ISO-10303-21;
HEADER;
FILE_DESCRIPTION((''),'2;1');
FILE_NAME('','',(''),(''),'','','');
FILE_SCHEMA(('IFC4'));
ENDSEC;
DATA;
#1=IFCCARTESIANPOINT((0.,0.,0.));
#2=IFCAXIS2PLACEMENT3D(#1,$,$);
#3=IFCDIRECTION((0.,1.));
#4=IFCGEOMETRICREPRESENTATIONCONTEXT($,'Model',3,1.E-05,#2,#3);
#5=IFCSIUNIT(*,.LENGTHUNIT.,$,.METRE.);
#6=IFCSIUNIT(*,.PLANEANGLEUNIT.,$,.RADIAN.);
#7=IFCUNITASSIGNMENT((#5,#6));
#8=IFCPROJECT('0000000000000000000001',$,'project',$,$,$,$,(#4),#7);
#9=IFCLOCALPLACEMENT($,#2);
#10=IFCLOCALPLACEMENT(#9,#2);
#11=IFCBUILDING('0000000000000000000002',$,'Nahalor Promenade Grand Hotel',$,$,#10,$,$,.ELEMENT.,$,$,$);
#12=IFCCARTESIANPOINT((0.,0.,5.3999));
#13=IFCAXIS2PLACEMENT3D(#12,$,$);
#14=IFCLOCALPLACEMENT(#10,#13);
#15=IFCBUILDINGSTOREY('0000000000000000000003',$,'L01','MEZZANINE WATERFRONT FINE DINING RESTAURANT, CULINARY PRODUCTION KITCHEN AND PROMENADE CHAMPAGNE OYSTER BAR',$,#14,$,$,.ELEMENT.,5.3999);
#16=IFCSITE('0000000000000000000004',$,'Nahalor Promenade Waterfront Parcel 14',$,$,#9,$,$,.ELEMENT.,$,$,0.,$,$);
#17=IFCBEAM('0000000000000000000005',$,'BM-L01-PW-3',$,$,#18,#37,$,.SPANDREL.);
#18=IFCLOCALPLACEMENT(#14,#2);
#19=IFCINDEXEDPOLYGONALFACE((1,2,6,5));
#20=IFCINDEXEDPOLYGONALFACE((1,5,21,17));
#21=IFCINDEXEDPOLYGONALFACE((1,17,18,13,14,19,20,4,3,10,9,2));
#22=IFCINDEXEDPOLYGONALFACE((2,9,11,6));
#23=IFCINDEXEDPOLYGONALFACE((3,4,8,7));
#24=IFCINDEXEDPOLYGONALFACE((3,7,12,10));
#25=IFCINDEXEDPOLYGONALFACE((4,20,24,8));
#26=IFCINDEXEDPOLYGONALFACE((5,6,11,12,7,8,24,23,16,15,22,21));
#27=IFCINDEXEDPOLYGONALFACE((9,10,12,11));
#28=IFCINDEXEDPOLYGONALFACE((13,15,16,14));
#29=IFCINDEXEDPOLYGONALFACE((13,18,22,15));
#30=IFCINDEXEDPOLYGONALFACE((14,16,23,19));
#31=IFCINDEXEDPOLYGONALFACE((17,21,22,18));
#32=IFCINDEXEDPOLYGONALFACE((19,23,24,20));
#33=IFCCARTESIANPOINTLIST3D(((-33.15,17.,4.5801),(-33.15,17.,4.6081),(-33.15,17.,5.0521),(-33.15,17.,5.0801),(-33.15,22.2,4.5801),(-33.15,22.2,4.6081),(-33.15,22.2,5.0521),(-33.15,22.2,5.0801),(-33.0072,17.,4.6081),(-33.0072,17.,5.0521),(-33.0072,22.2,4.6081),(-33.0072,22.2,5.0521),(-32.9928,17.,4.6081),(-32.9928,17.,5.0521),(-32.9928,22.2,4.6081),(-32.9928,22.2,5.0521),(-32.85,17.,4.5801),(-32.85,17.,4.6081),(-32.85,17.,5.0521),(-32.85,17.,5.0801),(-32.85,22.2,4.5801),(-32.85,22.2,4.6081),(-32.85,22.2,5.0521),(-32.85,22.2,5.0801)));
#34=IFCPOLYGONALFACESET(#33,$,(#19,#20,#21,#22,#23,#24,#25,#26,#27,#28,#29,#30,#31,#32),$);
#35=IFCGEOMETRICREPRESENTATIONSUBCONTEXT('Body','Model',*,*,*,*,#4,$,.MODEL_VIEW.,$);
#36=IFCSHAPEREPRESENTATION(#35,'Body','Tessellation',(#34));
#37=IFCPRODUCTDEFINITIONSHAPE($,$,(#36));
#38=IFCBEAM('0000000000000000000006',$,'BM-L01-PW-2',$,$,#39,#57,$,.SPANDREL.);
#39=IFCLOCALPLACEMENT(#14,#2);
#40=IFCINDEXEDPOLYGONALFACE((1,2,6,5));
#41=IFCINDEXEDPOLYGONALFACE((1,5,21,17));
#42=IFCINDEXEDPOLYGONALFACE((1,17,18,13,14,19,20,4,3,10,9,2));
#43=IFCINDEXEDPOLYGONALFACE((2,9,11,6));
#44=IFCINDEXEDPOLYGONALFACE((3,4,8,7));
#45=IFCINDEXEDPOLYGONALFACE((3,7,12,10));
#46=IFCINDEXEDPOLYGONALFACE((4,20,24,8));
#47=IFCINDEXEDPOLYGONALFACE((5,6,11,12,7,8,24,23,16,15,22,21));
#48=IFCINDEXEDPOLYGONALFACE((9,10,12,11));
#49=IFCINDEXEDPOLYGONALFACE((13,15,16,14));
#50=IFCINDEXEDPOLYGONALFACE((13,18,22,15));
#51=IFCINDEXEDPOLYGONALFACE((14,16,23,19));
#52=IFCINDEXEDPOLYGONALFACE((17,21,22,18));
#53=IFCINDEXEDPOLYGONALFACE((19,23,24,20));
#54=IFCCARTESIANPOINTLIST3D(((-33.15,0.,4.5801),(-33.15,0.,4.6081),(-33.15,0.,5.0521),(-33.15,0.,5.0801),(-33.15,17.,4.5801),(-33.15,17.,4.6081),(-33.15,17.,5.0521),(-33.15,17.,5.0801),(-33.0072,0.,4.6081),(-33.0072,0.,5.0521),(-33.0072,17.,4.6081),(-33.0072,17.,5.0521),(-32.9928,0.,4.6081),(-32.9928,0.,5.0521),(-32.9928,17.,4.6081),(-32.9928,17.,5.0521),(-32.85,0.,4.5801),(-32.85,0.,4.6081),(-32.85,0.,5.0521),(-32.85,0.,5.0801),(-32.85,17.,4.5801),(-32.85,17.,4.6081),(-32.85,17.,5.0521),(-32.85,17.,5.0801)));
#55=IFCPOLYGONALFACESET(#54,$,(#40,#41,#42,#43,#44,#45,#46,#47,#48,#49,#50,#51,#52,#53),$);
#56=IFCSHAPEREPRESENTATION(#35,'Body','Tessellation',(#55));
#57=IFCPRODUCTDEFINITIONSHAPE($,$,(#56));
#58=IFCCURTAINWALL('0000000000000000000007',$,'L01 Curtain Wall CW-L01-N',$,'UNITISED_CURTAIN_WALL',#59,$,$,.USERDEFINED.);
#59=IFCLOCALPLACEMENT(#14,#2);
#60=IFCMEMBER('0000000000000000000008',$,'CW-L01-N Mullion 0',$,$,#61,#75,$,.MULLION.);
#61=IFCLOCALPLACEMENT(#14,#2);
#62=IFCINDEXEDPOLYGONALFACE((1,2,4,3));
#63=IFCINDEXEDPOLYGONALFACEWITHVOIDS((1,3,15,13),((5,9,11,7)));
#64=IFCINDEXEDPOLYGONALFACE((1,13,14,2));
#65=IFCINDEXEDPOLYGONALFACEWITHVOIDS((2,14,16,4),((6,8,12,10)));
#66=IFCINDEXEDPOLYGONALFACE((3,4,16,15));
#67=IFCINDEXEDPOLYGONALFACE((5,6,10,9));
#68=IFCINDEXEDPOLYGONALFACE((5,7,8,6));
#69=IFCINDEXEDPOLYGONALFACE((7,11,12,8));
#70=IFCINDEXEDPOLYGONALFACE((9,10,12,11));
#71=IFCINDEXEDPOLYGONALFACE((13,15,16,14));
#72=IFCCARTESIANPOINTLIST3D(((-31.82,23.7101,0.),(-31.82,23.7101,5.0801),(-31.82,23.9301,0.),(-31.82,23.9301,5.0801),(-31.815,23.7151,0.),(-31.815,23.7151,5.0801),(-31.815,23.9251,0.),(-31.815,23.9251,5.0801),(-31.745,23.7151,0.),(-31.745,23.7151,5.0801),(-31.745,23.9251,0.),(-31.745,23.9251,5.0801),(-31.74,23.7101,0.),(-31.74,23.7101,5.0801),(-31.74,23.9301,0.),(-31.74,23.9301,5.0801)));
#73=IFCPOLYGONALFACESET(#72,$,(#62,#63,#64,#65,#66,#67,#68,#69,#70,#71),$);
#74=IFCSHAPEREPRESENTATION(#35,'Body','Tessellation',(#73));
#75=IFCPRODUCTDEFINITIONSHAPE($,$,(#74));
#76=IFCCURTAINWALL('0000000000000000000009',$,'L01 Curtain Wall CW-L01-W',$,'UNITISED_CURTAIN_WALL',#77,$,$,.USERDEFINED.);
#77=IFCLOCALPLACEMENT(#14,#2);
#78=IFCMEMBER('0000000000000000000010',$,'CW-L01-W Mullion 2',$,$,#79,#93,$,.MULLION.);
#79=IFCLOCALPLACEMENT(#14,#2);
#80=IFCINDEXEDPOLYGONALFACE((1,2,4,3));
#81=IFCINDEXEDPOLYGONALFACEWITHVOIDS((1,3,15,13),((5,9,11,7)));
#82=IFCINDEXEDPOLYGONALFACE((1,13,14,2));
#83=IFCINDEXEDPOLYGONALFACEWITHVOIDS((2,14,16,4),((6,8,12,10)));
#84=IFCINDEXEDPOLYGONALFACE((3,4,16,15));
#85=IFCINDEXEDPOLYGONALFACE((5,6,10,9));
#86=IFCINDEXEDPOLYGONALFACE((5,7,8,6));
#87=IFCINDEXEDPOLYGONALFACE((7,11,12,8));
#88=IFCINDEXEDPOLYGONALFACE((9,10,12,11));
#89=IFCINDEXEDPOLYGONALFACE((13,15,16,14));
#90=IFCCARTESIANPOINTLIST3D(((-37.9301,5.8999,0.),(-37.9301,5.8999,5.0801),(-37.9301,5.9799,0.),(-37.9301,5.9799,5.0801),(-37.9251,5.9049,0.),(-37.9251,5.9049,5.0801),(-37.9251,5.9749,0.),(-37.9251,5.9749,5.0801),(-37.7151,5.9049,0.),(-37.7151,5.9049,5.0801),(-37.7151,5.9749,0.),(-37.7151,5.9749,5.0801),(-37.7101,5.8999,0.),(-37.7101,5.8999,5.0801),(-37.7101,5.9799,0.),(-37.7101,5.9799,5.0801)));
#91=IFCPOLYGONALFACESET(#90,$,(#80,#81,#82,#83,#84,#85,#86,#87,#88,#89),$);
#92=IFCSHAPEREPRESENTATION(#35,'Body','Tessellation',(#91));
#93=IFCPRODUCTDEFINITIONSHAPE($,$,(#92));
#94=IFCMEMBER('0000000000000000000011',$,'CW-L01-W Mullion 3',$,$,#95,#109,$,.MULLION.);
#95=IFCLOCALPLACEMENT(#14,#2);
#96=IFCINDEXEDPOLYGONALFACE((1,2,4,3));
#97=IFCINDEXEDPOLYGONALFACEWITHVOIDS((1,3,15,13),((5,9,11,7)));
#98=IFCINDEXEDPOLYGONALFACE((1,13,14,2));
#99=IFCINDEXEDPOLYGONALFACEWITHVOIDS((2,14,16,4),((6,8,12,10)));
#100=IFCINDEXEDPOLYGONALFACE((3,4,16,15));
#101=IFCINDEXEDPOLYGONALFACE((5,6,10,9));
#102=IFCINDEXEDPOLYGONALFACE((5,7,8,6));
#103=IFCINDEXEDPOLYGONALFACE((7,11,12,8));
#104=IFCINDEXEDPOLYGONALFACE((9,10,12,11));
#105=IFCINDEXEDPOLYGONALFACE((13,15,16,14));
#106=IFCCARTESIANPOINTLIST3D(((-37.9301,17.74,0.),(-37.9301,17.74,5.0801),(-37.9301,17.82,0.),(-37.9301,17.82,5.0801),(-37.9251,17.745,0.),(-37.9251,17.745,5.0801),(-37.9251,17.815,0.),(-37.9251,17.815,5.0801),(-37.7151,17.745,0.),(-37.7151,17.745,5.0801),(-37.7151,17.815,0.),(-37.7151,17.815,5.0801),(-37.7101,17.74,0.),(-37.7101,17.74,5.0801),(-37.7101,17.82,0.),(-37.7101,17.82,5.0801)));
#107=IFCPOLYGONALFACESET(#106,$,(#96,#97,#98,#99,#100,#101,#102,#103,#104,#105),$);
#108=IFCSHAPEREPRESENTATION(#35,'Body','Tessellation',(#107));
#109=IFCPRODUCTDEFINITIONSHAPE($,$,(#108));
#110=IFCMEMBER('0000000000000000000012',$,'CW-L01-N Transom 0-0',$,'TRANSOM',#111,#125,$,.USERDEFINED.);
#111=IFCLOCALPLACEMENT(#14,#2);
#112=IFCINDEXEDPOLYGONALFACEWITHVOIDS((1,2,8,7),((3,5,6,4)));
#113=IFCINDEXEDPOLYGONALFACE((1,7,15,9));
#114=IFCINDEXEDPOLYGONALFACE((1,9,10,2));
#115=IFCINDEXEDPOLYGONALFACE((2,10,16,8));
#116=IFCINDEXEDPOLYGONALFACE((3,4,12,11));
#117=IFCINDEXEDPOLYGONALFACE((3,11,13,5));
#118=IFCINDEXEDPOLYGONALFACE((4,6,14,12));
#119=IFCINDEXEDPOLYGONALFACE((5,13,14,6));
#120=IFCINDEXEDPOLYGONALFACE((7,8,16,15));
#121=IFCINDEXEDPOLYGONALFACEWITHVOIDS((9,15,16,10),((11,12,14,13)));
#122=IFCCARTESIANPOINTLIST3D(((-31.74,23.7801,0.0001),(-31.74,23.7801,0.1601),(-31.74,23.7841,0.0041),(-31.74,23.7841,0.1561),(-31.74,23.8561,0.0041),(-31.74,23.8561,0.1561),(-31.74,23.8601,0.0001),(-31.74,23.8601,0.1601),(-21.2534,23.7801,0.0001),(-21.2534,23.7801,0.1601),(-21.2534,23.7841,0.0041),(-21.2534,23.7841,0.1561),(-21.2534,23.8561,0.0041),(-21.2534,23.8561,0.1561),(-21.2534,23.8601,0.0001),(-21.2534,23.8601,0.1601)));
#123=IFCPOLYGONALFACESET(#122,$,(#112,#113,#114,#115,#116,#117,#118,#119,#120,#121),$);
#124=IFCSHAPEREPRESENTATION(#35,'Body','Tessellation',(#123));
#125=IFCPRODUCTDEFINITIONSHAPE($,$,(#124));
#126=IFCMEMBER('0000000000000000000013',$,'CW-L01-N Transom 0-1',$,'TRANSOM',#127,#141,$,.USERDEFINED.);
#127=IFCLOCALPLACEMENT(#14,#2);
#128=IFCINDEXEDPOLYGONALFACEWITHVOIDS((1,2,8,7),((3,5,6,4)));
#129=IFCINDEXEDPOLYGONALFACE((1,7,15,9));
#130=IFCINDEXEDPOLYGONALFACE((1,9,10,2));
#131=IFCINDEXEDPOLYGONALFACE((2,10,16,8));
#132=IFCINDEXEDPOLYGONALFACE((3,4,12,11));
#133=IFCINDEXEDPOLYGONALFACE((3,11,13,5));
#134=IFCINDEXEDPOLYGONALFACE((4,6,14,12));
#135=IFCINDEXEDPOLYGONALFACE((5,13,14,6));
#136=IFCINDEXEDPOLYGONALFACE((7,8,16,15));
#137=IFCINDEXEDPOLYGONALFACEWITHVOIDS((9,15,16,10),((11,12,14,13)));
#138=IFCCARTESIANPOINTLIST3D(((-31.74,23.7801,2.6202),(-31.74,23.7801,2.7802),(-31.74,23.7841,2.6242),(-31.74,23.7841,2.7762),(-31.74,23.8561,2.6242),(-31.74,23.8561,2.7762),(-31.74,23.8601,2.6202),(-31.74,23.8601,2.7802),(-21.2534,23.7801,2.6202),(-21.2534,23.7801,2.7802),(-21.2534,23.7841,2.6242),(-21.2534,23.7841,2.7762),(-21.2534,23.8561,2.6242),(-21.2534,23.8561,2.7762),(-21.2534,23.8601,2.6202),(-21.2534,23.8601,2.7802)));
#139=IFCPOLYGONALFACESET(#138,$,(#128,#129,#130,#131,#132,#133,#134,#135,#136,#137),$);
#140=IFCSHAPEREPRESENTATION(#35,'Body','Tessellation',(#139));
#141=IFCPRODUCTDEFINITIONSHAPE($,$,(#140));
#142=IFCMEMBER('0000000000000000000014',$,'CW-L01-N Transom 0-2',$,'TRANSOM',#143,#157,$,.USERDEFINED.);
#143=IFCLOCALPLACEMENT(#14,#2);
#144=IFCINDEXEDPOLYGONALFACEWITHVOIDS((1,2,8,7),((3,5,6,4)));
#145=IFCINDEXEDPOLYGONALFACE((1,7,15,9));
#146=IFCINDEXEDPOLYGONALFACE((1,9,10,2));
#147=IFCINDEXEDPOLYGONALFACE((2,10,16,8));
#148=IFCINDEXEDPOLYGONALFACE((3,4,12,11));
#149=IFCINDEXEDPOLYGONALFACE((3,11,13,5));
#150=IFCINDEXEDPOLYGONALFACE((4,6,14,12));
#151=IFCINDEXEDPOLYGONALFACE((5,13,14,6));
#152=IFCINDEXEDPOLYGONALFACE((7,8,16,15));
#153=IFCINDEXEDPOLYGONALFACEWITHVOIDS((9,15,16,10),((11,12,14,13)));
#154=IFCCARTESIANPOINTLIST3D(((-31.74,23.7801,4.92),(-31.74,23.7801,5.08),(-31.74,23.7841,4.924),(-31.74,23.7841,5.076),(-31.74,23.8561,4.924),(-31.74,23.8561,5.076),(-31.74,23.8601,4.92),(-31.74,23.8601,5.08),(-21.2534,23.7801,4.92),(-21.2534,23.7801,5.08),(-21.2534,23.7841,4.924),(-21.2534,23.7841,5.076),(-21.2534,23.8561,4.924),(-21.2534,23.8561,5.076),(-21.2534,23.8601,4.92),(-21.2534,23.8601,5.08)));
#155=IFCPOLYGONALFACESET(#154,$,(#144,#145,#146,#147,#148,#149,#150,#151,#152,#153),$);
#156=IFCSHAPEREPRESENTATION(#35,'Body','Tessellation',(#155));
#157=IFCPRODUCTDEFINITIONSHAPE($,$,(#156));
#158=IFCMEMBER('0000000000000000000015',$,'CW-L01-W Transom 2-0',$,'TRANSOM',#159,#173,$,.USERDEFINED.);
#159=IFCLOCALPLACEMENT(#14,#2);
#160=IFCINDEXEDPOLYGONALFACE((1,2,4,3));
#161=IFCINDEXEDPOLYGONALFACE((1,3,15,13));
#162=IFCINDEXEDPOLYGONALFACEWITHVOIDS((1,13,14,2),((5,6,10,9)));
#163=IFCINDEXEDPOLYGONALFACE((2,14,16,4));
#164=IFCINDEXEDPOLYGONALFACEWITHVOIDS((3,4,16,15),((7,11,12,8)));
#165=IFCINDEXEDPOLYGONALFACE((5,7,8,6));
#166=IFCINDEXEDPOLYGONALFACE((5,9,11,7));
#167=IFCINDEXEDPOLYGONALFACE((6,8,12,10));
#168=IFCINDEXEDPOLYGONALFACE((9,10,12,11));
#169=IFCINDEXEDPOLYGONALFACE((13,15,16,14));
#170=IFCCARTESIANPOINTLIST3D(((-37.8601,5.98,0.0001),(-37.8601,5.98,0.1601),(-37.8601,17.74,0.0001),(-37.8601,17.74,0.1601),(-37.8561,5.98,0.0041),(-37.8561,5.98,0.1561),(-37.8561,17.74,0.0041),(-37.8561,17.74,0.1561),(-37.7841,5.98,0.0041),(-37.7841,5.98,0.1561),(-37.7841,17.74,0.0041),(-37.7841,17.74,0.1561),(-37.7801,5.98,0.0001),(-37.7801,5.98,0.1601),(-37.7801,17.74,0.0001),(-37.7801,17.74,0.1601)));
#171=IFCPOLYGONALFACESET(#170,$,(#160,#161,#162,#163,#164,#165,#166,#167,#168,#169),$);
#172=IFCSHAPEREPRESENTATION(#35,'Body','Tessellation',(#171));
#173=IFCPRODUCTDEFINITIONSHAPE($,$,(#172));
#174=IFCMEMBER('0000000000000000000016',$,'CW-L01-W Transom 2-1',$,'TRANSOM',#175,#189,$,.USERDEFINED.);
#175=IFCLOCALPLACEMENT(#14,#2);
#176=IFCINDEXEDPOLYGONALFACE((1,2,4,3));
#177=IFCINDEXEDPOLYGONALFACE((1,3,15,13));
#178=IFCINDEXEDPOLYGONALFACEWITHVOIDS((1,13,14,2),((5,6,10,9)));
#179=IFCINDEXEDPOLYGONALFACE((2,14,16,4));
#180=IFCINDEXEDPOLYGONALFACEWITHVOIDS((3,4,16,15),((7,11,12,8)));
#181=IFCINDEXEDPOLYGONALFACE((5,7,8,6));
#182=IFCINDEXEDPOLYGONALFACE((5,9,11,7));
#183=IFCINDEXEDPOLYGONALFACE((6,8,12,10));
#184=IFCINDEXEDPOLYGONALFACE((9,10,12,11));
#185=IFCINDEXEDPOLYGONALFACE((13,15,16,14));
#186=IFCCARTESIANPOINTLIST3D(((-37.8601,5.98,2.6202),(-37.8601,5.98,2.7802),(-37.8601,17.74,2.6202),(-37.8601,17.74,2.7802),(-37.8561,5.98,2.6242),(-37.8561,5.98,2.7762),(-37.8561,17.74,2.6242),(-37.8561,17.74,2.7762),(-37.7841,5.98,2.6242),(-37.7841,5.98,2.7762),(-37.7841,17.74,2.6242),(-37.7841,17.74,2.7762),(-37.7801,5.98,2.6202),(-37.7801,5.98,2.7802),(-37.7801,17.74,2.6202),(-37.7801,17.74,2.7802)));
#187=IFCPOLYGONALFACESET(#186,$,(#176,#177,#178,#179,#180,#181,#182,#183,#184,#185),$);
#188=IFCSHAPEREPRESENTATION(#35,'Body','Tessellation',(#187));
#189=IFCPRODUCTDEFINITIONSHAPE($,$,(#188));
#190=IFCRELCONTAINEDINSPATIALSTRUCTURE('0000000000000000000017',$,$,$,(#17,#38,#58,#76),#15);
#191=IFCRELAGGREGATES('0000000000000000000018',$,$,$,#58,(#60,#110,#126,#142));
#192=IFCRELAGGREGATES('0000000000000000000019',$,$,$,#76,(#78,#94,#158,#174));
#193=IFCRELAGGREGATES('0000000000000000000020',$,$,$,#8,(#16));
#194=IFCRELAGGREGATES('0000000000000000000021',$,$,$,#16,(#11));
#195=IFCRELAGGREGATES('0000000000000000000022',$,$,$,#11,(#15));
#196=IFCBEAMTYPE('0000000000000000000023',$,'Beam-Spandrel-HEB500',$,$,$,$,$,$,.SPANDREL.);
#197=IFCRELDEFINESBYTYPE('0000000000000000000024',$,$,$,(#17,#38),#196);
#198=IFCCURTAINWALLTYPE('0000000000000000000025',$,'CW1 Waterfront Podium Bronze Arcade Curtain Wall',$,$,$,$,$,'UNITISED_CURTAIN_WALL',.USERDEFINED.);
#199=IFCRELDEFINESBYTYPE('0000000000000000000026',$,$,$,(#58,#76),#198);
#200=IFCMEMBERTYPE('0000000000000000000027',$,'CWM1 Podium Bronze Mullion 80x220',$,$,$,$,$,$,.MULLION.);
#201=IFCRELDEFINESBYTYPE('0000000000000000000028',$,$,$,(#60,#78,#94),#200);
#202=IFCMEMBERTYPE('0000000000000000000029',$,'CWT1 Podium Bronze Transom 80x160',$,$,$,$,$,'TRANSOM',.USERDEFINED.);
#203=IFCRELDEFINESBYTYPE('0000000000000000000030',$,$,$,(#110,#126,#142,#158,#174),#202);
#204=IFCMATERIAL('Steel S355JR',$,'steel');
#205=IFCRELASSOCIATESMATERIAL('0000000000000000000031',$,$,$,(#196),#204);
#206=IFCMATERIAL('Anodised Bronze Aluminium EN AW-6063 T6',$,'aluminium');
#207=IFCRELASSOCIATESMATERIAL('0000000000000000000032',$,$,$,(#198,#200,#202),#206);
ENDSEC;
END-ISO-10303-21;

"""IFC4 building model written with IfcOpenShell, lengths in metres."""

from ifc_helpers import new_model, si_unit, direction, frame, origin, origin_2d, place, context, subcontext, project, spatial, hollow_rectangle, i_section, extrude, source, transform, mapped, material, material_profile, profile_set, type_object, element, aggregate, save


model = new_model("IFC4")

# Units and contexts
model_context = context("Model", 3, precision=1e-05, world=origin(), true_north=direction((0.0, 1.0)))
body_context = subcontext(model_context, "Body", "Model", "MODEL_VIEW")
ifc_project = project(units=[si_unit("LENGTHUNIT", "METRE"), si_unit("PLANEANGLEUNIT", "RADIAN")], contexts=[model_context])

# Site, building, storey
site_placement = place(None, origin())
site = spatial("IfcSite", under=ifc_project, at=site_placement, Name="Nahalor Promenade Waterfront Parcel 14", CompositionType="ELEMENT", RefElevation=0.0)
building_placement = place(site_placement, origin())
building = spatial("IfcBuilding", under=site, at=building_placement, Name="Nahalor Promenade Grand Hotel", CompositionType="ELEMENT")
storey_placement = place(building_placement, frame((0.0, 0.0, 5.3999)))
storey = spatial("IfcBuildingStorey", under=building, at=storey_placement, Name="L01", Description="MEZZANINE WATERFRONT FINE DINING RESTAURANT, CULINARY PRODUCTION KITCHEN AND PROMENADE CHAMPAGNE OYSTER BAR", CompositionType="ELEMENT", Elevation=5.3999)

# Beams
ifc_material_1 = material(Name="Steel S355JR", Category="steel")
ifc_material_profile_1 = material_profile(ifc_material_1, i_section(OverallWidth=0.3, OverallDepth=0.5, WebThickness=0.0145, FlangeThickness=0.028, at=origin_2d()), Name="HEB 500")
ifc_profile_set_1 = profile_set([ifc_material_profile_1], Name="Steel S355JR")
beam_type_1 = type_object("IfcBeamType", Name="Beam-Spandrel-HEB500", PredefinedType="SPANDREL", material=ifc_profile_set_1)
shared_shape_1 = source(origin(), body_context, "Body", "SweptSolid", [
    extrude(i_section(OverallWidth=0.3, OverallDepth=0.5, WebThickness=0.0145, FlangeThickness=0.028, at=origin_2d()), origin(), (0.0, 0.0, 1.0), 5.2),
])
beam_1_placement = place(storey_placement, frame((-33.0, 17.0, 4.8301), z_axis=(0.0, 1.0, 0.0), x_axis=(-1.0, 0.0, 0.0)))
element("IfcBeam", 1, at=beam_1_placement, inside=storey, type_object=beam_type_1, Name="BM-L01-PW-3", PredefinedType="SPANDREL", context=body_context, shape_type="MappedRepresentation", body=[
    mapped(shared_shape_1, transform((0.0, 0.0, 0.0), scale=1.0)),
])
shared_shape_2 = source(origin(), body_context, "Body", "SweptSolid", [
    extrude(i_section(OverallWidth=0.3, OverallDepth=0.5, WebThickness=0.0145, FlangeThickness=0.028, at=origin_2d()), origin(), (0.0, 0.0, 1.0), 17.0),
])
beam_2_placement = place(storey_placement, frame((-33.0, 0.0, 4.8301), z_axis=(0.0, 1.0, 0.0), x_axis=(-1.0, 0.0, 0.0)))
element("IfcBeam", 2, at=beam_2_placement, inside=storey, type_object=beam_type_1, Name="BM-L01-PW-2", PredefinedType="SPANDREL", context=body_context, shape_type="MappedRepresentation", body=[
    mapped(shared_shape_2, transform((0.0, 0.0, 0.0), scale=1.0)),
])

# Curtain wall, member
ifc_material_2 = material(Name="Anodised Bronze Aluminium EN AW-6063 T6", Category="aluminium")
curtain_wall_type = type_object("IfcCurtainWallType", Name="CW1 Waterfront Podium Bronze Arcade Curtain Wall", ElementType="UNITISED_CURTAIN_WALL", PredefinedType="USERDEFINED", material=ifc_material_2)
curtain_wall_1_placement = place(storey_placement, origin())
curtain_wall_1 = element("IfcCurtainWall", 3, at=curtain_wall_1_placement, inside=storey, type_object=curtain_wall_type, Name="L01 Curtain Wall CW-L01-N", ObjectType="UNITISED_CURTAIN_WALL", PredefinedType="USERDEFINED")
ifc_material_profile_2 = material_profile(ifc_material_2, hollow_rectangle(XDim=0.08, YDim=0.22, WallThickness=0.005, at=origin_2d()), Name="CWM 80x220x5")
ifc_profile_set_2 = profile_set([ifc_material_profile_2], Name="Anodised Bronze Aluminium EN AW-6063 T6")
member_type_1 = type_object("IfcMemberType", Name="CWM1 Podium Bronze Mullion 80x220", PredefinedType="MULLION", material=ifc_profile_set_2)
shared_shape_3 = source(origin(), body_context, "Body", "SweptSolid", [
    extrude(hollow_rectangle(XDim=0.08, YDim=0.22, WallThickness=0.005, at=origin_2d()), origin(), (0.0, 0.0, 1.0), 5.0801),
])
member_1_placement = place(storey_placement, frame((-31.78, 23.8201, 0.0), z_axis=(0.0, 0.0, 1.0), x_axis=(1.0, 0.0, 0.0)))
member_1 = element("IfcMember", 4, at=member_1_placement, type_object=member_type_1, Name="CW-L01-N Mullion 0", PredefinedType="MULLION", context=body_context, shape_type="MappedRepresentation", body=[
    mapped(shared_shape_3, transform((0.0, 0.0, 0.0), scale=1.0)),
])

# Curtain wall, members
curtain_wall_2_placement = place(storey_placement, origin())
curtain_wall_2 = element("IfcCurtainWall", 5, at=curtain_wall_2_placement, inside=storey, type_object=curtain_wall_type, Name="L01 Curtain Wall CW-L01-W", ObjectType="UNITISED_CURTAIN_WALL", PredefinedType="USERDEFINED")
member_2_placement = place(storey_placement, frame((-37.8201, 5.9399, 0.0), z_axis=(0.0, 0.0, 1.0), x_axis=(0.0, 1.0, 0.0)))
member_2 = element("IfcMember", 6, at=member_2_placement, type_object=member_type_1, Name="CW-L01-W Mullion 2", PredefinedType="MULLION", context=body_context, shape_type="MappedRepresentation", body=[
    mapped(shared_shape_3, transform((0.0, 0.0, 0.0), scale=1.0)),
])
member_3_placement = place(storey_placement, frame((-37.8201, 17.78, 0.0), z_axis=(0.0, 0.0, 1.0), x_axis=(0.0, 1.0, 0.0)))
member_3 = element("IfcMember", 7, at=member_3_placement, type_object=member_type_1, Name="CW-L01-W Mullion 3", PredefinedType="MULLION", context=body_context, shape_type="MappedRepresentation", body=[
    mapped(shared_shape_3, transform((0.0, 0.0, 0.0), scale=1.0)),
])

# Members
ifc_material_profile_3 = material_profile(ifc_material_2, hollow_rectangle(XDim=0.08, YDim=0.16, WallThickness=0.004, at=origin_2d()), Name="CWT 80x160x4")
ifc_profile_set_3 = profile_set([ifc_material_profile_3], Name="Anodised Bronze Aluminium EN AW-6063 T6")
member_type_2 = type_object("IfcMemberType", Name="CWT1 Podium Bronze Transom 80x160", ElementType="TRANSOM", PredefinedType="USERDEFINED", material=ifc_profile_set_3)
shared_shape_4 = source(origin(), body_context, "Body", "SweptSolid", [
    extrude(hollow_rectangle(XDim=0.08, YDim=0.16, WallThickness=0.004, at=origin_2d()), origin(), (0.0, 0.0, 1.0), 10.4866),
])
member_4_placement = place(storey_placement, frame((-31.74, 23.8201, 0.0801), z_axis=(1.0, 0.0, 0.0), x_axis=(0.0, 1.0, 0.0)))
member_4 = element("IfcMember", 8, at=member_4_placement, type_object=member_type_2, Name="CW-L01-N Transom 0-0", ObjectType="TRANSOM", PredefinedType="USERDEFINED", context=body_context, shape_type="MappedRepresentation", body=[
    mapped(shared_shape_4, transform((0.0, 0.0, 0.0), scale=1.0)),
])
member_5_placement = place(storey_placement, frame((-31.74, 23.8201, 2.7002), z_axis=(1.0, 0.0, 0.0), x_axis=(0.0, 1.0, 0.0)))
member_5 = element("IfcMember", 9, at=member_5_placement, type_object=member_type_2, Name="CW-L01-N Transom 0-1", ObjectType="TRANSOM", PredefinedType="USERDEFINED", context=body_context, shape_type="MappedRepresentation", body=[
    mapped(shared_shape_4, transform((0.0, 0.0, 0.0), scale=1.0)),
])
member_6_placement = place(storey_placement, frame((-31.74, 23.8201, 5.0), z_axis=(1.0, 0.0, 0.0), x_axis=(0.0, 1.0, 0.0)))
member_6 = element("IfcMember", 10, at=member_6_placement, type_object=member_type_2, Name="CW-L01-N Transom 0-2", ObjectType="TRANSOM", PredefinedType="USERDEFINED", context=body_context, shape_type="MappedRepresentation", body=[
    mapped(shared_shape_4, transform((0.0, 0.0, 0.0), scale=1.0)),
])
shared_shape_5 = source(origin(), body_context, "Body", "SweptSolid", [
    extrude(hollow_rectangle(XDim=0.08, YDim=0.16, WallThickness=0.004, at=origin_2d()), origin(), (0.0, 0.0, 1.0), 11.76),
])
member_7_placement = place(storey_placement, frame((-37.8201, 5.98, 0.0801), z_axis=(0.0, 1.0, 0.0), x_axis=(-1.0, 0.0, 0.0)))
member_7 = element("IfcMember", 11, at=member_7_placement, type_object=member_type_2, Name="CW-L01-W Transom 2-0", ObjectType="TRANSOM", PredefinedType="USERDEFINED", context=body_context, shape_type="MappedRepresentation", body=[
    mapped(shared_shape_5, transform((0.0, 0.0, 0.0), scale=1.0)),
])
member_8_placement = place(storey_placement, frame((-37.8201, 5.98, 2.7002), z_axis=(0.0, 1.0, 0.0), x_axis=(-1.0, 0.0, 0.0)))
member_8 = element("IfcMember", 12, at=member_8_placement, type_object=member_type_2, Name="CW-L01-W Transom 2-1", ObjectType="TRANSOM", PredefinedType="USERDEFINED", context=body_context, shape_type="MappedRepresentation", body=[
    mapped(shared_shape_5, transform((0.0, 0.0, 0.0), scale=1.0)),
])

aggregate(curtain_wall_1, [member_1, member_4, member_5, member_6])
aggregate(curtain_wall_2, [member_2, member_3, member_7, member_8])

save(model, "model.ifc")
